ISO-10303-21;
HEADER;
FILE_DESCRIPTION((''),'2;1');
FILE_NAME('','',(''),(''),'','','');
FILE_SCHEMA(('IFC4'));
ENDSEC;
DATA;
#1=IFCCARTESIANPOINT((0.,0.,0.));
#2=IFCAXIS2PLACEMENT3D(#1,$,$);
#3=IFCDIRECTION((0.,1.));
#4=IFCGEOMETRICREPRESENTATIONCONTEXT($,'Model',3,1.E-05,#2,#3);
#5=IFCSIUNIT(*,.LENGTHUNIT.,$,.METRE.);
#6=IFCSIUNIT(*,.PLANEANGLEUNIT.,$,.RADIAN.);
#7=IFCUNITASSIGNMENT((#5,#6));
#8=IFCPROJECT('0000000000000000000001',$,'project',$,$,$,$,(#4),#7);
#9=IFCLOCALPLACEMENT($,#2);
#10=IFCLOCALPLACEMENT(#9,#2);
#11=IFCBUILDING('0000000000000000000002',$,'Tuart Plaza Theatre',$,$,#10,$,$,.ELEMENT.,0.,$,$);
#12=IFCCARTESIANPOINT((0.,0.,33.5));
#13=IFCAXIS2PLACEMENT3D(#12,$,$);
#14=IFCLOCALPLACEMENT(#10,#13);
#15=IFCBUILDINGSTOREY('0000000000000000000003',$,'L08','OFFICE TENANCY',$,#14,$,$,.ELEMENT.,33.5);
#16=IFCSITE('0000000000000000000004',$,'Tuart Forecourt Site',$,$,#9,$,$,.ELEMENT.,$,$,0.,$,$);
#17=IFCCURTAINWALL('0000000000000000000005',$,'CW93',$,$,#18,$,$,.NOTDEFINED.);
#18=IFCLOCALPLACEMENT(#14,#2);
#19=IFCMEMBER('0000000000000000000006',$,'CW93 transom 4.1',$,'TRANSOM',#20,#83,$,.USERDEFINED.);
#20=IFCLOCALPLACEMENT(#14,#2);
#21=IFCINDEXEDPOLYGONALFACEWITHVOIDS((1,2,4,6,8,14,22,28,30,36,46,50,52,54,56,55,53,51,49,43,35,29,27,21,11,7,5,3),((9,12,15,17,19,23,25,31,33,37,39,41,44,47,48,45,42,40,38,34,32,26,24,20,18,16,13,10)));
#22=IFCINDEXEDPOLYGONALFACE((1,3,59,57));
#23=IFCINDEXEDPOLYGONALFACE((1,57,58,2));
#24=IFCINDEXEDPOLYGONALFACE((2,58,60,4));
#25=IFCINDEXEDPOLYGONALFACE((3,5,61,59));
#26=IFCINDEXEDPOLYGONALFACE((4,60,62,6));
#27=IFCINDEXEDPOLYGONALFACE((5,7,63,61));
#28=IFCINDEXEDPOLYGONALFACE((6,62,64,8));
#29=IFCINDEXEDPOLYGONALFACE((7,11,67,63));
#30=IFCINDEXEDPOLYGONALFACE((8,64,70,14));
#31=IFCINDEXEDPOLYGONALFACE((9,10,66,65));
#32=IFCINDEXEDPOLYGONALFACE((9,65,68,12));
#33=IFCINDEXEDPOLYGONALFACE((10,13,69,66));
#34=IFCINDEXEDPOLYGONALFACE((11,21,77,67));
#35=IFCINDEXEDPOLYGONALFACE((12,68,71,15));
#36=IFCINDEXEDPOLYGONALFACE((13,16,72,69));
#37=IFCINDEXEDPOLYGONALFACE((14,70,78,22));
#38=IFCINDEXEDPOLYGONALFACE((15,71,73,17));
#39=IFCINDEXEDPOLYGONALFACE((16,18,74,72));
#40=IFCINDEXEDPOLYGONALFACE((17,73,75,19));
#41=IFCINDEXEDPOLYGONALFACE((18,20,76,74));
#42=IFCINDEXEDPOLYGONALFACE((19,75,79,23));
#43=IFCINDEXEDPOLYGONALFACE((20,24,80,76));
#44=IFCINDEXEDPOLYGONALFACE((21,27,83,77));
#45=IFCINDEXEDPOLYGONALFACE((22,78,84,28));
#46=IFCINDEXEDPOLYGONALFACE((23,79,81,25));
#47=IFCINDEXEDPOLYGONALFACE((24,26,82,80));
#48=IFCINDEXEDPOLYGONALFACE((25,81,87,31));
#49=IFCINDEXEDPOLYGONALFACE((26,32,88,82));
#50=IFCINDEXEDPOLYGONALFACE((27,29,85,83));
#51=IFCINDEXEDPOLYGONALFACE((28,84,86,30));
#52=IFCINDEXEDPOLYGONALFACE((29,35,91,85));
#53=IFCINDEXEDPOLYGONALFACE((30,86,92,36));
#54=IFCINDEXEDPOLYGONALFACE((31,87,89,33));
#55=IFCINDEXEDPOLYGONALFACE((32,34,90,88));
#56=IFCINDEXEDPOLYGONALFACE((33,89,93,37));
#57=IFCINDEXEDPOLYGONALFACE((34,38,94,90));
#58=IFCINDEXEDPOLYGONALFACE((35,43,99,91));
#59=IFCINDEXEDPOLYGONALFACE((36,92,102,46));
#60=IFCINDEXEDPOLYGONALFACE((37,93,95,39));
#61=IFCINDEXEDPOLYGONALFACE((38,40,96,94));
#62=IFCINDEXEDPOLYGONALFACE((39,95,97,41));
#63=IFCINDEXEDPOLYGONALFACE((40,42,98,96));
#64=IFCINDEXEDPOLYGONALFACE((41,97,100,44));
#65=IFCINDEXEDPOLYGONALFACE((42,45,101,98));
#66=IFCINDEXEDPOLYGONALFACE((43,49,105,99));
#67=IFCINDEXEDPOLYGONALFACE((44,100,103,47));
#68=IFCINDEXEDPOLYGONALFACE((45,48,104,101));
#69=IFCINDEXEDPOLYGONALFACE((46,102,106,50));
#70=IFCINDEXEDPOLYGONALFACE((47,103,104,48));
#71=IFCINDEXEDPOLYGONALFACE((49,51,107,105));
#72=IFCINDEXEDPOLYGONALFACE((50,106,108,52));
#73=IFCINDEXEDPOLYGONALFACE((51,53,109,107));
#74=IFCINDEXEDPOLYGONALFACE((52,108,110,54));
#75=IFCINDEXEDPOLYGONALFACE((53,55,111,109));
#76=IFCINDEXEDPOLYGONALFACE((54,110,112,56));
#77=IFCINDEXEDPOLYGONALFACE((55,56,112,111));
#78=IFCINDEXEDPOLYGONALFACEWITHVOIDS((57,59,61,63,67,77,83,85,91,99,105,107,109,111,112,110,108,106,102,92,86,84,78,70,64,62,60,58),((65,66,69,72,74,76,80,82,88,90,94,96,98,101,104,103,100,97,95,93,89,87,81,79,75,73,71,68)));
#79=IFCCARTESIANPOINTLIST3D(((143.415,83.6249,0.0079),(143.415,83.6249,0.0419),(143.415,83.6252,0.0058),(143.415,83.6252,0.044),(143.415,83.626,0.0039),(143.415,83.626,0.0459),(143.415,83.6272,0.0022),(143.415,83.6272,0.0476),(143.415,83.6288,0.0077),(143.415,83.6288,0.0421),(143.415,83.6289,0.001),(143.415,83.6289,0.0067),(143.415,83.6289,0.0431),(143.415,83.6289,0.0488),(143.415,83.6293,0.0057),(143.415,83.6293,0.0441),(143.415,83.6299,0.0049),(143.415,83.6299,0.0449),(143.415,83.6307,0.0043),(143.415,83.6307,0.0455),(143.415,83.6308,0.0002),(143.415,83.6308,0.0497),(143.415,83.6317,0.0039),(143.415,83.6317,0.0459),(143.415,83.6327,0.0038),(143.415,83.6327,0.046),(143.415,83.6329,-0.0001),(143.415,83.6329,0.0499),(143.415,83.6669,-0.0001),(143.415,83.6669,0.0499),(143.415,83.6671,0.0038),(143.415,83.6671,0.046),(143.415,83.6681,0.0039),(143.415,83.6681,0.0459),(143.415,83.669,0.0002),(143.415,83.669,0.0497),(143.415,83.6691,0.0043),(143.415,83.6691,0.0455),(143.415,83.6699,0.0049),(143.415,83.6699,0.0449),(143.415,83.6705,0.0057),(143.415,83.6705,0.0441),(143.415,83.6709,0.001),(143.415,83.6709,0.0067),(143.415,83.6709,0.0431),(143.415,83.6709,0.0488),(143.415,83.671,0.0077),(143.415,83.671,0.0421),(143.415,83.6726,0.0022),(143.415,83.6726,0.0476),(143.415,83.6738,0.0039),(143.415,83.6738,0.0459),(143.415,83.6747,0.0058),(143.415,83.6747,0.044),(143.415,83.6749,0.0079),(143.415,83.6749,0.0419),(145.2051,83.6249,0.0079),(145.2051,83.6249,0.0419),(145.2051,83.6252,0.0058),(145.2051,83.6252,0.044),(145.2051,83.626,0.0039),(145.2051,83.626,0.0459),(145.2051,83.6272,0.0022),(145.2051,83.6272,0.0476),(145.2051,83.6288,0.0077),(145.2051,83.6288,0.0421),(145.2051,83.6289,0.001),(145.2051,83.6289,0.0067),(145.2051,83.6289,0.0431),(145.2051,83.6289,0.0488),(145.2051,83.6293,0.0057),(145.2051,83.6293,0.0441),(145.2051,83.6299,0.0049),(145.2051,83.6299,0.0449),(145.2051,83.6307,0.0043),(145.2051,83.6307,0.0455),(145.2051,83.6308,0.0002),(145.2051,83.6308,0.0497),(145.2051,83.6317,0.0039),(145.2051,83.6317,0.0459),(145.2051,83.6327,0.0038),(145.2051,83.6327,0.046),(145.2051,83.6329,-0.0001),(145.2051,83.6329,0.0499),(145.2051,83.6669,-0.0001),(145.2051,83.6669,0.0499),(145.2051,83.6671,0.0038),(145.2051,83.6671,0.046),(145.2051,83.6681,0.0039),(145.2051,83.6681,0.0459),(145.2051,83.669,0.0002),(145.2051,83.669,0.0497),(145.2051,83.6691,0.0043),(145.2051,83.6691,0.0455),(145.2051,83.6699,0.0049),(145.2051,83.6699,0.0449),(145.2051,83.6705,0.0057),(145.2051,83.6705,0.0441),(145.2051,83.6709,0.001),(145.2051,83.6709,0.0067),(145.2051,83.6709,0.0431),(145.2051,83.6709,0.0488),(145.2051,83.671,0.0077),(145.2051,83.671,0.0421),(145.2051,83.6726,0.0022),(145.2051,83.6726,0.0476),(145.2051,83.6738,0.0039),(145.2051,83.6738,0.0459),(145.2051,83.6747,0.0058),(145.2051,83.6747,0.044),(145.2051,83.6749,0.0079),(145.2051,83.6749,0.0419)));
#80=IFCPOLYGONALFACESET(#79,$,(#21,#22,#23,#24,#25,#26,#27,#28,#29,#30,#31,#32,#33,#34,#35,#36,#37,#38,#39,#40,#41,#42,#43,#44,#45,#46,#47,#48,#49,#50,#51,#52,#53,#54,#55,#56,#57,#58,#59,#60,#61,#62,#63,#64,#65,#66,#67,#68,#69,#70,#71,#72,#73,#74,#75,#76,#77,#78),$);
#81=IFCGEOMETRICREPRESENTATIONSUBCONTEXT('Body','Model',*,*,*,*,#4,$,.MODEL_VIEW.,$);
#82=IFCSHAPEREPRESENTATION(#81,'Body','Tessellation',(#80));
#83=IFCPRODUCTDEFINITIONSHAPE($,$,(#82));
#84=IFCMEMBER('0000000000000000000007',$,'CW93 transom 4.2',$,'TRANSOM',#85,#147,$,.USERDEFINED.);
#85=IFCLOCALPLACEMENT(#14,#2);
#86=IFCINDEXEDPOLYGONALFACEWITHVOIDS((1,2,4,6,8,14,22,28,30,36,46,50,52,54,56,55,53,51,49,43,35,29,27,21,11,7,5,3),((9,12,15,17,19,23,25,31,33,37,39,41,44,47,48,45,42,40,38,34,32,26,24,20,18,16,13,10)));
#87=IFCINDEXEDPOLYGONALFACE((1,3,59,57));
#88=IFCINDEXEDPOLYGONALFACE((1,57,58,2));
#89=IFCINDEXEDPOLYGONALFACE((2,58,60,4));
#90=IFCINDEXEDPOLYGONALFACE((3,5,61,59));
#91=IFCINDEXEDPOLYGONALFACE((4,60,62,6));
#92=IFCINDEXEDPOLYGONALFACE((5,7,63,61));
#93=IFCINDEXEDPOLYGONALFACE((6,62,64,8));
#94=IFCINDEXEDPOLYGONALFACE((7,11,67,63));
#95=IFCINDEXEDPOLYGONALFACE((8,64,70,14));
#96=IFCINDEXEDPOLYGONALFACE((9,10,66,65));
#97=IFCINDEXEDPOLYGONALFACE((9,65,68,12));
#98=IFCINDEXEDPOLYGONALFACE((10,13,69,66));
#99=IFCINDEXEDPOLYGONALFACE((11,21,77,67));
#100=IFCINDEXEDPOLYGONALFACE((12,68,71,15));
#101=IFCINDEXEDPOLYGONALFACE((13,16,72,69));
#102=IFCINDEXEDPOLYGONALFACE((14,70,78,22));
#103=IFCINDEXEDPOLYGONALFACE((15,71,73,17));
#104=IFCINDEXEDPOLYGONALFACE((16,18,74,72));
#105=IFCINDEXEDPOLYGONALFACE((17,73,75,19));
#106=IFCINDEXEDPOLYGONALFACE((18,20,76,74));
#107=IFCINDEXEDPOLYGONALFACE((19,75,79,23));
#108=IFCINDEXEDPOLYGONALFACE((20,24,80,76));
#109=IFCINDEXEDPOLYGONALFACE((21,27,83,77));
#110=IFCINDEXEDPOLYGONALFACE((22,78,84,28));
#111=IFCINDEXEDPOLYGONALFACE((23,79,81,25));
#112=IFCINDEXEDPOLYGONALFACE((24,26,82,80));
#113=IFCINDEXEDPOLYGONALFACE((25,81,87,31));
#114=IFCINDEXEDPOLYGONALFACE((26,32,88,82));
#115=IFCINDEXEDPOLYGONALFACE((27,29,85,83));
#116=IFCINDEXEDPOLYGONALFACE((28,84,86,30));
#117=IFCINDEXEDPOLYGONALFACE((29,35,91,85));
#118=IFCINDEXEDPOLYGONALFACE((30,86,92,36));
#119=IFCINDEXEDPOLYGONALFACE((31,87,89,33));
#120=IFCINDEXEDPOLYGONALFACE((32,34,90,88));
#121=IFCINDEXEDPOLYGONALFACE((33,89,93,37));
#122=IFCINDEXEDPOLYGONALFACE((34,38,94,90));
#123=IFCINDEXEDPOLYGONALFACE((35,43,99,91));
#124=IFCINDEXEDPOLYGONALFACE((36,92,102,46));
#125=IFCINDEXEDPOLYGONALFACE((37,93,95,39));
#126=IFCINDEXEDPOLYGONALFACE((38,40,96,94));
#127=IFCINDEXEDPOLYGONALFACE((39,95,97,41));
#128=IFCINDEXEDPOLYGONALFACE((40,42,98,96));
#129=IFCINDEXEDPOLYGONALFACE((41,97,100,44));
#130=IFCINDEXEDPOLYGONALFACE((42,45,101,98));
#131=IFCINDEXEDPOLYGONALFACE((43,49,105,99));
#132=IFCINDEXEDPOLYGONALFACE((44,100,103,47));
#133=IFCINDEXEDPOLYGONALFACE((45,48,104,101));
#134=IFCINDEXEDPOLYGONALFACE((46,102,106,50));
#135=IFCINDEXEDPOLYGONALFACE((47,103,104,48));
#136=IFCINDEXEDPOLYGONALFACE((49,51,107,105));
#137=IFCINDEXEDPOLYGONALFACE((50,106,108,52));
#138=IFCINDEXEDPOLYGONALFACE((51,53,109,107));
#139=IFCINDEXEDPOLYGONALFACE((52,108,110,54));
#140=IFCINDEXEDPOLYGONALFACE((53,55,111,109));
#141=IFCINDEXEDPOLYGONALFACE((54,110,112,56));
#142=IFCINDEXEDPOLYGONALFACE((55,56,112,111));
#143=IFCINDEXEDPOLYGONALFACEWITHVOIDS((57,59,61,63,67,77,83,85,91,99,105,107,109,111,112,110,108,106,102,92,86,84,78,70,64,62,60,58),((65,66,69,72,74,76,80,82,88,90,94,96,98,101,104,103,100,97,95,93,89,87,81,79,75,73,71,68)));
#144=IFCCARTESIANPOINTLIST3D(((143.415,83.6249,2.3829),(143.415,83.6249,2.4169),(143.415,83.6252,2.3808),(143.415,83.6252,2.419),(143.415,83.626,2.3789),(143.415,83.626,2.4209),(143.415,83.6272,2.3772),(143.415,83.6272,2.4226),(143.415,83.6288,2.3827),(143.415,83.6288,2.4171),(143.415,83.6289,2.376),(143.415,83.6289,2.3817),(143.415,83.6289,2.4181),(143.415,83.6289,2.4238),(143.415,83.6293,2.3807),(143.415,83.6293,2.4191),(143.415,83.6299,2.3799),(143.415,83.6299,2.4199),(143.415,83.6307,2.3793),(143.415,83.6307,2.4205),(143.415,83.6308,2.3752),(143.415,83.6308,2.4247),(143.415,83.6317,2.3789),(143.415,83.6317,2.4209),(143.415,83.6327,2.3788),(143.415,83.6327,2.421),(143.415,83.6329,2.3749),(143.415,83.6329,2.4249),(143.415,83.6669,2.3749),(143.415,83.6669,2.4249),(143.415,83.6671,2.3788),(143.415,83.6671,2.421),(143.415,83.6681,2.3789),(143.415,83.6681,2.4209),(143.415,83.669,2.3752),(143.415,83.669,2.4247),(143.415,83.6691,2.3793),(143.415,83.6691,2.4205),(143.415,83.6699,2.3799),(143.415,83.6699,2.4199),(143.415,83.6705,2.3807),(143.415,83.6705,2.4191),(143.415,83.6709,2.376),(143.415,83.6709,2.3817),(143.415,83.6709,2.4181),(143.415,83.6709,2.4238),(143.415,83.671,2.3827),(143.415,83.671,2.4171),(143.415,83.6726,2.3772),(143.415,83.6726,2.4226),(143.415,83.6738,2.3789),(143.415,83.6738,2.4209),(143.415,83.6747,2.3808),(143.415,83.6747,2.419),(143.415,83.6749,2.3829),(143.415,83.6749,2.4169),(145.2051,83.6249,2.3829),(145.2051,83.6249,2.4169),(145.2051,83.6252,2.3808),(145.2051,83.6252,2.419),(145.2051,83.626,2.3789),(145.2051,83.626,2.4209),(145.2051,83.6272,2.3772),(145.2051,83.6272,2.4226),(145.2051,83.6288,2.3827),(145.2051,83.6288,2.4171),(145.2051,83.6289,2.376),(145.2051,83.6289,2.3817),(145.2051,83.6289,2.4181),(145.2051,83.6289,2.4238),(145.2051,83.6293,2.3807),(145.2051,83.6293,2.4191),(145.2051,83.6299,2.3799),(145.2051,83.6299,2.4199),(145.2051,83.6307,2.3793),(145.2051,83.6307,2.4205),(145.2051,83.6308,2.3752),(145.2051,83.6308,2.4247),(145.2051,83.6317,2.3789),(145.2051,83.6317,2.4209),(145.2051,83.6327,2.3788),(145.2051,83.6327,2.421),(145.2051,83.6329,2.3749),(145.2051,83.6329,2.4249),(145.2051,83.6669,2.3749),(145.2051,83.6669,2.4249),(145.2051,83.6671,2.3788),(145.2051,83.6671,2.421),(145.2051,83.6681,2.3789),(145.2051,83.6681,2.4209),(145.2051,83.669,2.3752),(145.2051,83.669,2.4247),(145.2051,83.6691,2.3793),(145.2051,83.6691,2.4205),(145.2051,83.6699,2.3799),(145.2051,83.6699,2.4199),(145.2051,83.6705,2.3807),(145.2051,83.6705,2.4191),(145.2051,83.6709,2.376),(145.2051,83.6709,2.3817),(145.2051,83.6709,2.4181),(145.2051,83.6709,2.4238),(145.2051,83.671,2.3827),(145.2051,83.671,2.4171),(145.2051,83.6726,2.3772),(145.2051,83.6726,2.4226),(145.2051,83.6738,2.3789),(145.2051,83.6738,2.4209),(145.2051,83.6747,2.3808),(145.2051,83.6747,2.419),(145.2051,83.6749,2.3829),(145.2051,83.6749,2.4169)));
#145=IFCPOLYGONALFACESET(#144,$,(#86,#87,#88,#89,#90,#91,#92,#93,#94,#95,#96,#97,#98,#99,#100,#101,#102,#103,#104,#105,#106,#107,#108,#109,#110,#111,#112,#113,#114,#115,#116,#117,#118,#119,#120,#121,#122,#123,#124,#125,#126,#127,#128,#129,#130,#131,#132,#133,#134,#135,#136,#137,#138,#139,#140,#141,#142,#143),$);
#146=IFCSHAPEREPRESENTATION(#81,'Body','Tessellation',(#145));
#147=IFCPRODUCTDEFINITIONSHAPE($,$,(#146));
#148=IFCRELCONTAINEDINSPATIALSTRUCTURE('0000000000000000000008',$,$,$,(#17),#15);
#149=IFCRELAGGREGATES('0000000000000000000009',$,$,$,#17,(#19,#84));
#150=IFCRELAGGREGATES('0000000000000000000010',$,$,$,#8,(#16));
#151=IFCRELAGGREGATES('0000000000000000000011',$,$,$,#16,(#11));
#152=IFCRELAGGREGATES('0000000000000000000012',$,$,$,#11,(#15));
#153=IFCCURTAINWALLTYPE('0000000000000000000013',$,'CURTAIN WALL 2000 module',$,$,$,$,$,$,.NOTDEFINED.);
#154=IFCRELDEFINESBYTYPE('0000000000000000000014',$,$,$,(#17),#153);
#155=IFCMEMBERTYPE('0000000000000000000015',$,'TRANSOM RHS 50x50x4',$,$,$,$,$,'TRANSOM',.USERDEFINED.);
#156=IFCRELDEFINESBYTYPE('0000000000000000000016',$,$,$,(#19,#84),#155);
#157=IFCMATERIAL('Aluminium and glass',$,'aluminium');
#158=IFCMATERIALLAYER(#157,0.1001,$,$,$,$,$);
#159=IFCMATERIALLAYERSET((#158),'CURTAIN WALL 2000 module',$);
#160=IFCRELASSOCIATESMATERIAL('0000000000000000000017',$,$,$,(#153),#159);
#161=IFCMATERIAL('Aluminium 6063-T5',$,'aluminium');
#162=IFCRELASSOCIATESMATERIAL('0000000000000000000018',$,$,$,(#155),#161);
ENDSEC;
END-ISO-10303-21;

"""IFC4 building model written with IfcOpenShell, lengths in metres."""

from ifc_helpers import new_model, si_unit, direction, frame, origin, origin_2d, place, context, subcontext, project, spatial, hollow_rectangle, extrude, material, layer, layer_set, material_profile, profile_set, type_object, element, aggregate, save


model = new_model("IFC4")

# Units and contexts
model_context = context("Model", 3, precision=1e-05, world=origin(), true_north=direction((0.0, 1.0)))
body_context = subcontext(model_context, "Body", "Model", "MODEL_VIEW")
ifc_project = project(units=[si_unit("LENGTHUNIT", "METRE"), si_unit("PLANEANGLEUNIT", "RADIAN")], contexts=[model_context])

# Site, building, storey
site_placement = place(None, origin())
site = spatial("IfcSite", under=ifc_project, at=site_placement, Name="Tuart Forecourt Site", CompositionType="ELEMENT", RefElevation=0.0)
building_placement = place(site_placement, origin())
building = spatial("IfcBuilding", under=site, at=building_placement, Name="Tuart Plaza Theatre", CompositionType="ELEMENT", ElevationOfRefHeight=0.0)
storey_placement = place(building_placement, frame((0.0, 0.0, 33.5)))
storey = spatial("IfcBuildingStorey", under=building, at=storey_placement, Name="L08", Description="OFFICE TENANCY", CompositionType="ELEMENT", Elevation=33.5)

# Curtain wall
ifc_material_1 = material(Name="Aluminium and glass", Category="aluminium")
ifc_layer_1 = layer(ifc_material_1, 0.1001)
ifc_layer_set_1 = layer_set([ifc_layer_1], Name="CURTAIN WALL 2000 module")
curtain_wall_type = type_object("IfcCurtainWallType", Name="CURTAIN WALL 2000 module", PredefinedType="NOTDEFINED", material=ifc_layer_set_1)
curtain_wall_1_placement = place(storey_placement, origin())
curtain_wall_1 = element("IfcCurtainWall", 1, at=curtain_wall_1_placement, inside=storey, type_object=curtain_wall_type, Name="CW93", PredefinedType="NOTDEFINED")

# Members
ifc_material_2 = material(Name="Aluminium 6063-T5", Category="aluminium")
ifc_material_profile_1 = material_profile(ifc_material_2, hollow_rectangle(XDim=0.05, YDim=0.05, WallThickness=0.0039, InnerFilletRadius=0.0039, OuterFilletRadius=0.0081, at=origin_2d()), Name="RHS 50x50x4")
ifc_profile_set_1 = profile_set([ifc_material_profile_1], Name="Aluminium 6063-T5")
member_type_1 = type_object("IfcMemberType", Name="TRANSOM RHS 50x50x4", ElementType="TRANSOM", PredefinedType="USERDEFINED", material=ifc_profile_set_1)
member_1_placement = place(storey_placement, frame((145.2051, 83.6499, 0.0249), z_axis=(-1.0, 0.0, 0.0), x_axis=(0.0, -1.0, 0.0)))
member_1 = element("IfcMember", 2, at=member_1_placement, type_object=member_type_1, Name="CW93 transom 4.1", ObjectType="TRANSOM", PredefinedType="USERDEFINED", context=body_context, shape_type="SweptSolid", body=[
    extrude(hollow_rectangle(XDim=0.05, YDim=0.05, WallThickness=0.0039, InnerFilletRadius=0.0039, OuterFilletRadius=0.0081, at=origin_2d()), origin(), (0.0, 0.0, 1.0), 1.79),
])
member_2_placement = place(storey_placement, frame((145.2051, 83.6499, 2.3999), z_axis=(-1.0, 0.0, 0.0), x_axis=(0.0, -1.0, 0.0)))
member_2 = element("IfcMember", 3, at=member_2_placement, type_object=member_type_1, Name="CW93 transom 4.2", ObjectType="TRANSOM", PredefinedType="USERDEFINED", context=body_context, shape_type="SweptSolid", body=[
    extrude(hollow_rectangle(XDim=0.05, YDim=0.05, WallThickness=0.0039, InnerFilletRadius=0.0039, OuterFilletRadius=0.0081, at=origin_2d()), origin(), (0.0, 0.0, 1.0), 1.79),
])

aggregate(curtain_wall_1, [member_1, member_2])

save(model, "model.ifc")
